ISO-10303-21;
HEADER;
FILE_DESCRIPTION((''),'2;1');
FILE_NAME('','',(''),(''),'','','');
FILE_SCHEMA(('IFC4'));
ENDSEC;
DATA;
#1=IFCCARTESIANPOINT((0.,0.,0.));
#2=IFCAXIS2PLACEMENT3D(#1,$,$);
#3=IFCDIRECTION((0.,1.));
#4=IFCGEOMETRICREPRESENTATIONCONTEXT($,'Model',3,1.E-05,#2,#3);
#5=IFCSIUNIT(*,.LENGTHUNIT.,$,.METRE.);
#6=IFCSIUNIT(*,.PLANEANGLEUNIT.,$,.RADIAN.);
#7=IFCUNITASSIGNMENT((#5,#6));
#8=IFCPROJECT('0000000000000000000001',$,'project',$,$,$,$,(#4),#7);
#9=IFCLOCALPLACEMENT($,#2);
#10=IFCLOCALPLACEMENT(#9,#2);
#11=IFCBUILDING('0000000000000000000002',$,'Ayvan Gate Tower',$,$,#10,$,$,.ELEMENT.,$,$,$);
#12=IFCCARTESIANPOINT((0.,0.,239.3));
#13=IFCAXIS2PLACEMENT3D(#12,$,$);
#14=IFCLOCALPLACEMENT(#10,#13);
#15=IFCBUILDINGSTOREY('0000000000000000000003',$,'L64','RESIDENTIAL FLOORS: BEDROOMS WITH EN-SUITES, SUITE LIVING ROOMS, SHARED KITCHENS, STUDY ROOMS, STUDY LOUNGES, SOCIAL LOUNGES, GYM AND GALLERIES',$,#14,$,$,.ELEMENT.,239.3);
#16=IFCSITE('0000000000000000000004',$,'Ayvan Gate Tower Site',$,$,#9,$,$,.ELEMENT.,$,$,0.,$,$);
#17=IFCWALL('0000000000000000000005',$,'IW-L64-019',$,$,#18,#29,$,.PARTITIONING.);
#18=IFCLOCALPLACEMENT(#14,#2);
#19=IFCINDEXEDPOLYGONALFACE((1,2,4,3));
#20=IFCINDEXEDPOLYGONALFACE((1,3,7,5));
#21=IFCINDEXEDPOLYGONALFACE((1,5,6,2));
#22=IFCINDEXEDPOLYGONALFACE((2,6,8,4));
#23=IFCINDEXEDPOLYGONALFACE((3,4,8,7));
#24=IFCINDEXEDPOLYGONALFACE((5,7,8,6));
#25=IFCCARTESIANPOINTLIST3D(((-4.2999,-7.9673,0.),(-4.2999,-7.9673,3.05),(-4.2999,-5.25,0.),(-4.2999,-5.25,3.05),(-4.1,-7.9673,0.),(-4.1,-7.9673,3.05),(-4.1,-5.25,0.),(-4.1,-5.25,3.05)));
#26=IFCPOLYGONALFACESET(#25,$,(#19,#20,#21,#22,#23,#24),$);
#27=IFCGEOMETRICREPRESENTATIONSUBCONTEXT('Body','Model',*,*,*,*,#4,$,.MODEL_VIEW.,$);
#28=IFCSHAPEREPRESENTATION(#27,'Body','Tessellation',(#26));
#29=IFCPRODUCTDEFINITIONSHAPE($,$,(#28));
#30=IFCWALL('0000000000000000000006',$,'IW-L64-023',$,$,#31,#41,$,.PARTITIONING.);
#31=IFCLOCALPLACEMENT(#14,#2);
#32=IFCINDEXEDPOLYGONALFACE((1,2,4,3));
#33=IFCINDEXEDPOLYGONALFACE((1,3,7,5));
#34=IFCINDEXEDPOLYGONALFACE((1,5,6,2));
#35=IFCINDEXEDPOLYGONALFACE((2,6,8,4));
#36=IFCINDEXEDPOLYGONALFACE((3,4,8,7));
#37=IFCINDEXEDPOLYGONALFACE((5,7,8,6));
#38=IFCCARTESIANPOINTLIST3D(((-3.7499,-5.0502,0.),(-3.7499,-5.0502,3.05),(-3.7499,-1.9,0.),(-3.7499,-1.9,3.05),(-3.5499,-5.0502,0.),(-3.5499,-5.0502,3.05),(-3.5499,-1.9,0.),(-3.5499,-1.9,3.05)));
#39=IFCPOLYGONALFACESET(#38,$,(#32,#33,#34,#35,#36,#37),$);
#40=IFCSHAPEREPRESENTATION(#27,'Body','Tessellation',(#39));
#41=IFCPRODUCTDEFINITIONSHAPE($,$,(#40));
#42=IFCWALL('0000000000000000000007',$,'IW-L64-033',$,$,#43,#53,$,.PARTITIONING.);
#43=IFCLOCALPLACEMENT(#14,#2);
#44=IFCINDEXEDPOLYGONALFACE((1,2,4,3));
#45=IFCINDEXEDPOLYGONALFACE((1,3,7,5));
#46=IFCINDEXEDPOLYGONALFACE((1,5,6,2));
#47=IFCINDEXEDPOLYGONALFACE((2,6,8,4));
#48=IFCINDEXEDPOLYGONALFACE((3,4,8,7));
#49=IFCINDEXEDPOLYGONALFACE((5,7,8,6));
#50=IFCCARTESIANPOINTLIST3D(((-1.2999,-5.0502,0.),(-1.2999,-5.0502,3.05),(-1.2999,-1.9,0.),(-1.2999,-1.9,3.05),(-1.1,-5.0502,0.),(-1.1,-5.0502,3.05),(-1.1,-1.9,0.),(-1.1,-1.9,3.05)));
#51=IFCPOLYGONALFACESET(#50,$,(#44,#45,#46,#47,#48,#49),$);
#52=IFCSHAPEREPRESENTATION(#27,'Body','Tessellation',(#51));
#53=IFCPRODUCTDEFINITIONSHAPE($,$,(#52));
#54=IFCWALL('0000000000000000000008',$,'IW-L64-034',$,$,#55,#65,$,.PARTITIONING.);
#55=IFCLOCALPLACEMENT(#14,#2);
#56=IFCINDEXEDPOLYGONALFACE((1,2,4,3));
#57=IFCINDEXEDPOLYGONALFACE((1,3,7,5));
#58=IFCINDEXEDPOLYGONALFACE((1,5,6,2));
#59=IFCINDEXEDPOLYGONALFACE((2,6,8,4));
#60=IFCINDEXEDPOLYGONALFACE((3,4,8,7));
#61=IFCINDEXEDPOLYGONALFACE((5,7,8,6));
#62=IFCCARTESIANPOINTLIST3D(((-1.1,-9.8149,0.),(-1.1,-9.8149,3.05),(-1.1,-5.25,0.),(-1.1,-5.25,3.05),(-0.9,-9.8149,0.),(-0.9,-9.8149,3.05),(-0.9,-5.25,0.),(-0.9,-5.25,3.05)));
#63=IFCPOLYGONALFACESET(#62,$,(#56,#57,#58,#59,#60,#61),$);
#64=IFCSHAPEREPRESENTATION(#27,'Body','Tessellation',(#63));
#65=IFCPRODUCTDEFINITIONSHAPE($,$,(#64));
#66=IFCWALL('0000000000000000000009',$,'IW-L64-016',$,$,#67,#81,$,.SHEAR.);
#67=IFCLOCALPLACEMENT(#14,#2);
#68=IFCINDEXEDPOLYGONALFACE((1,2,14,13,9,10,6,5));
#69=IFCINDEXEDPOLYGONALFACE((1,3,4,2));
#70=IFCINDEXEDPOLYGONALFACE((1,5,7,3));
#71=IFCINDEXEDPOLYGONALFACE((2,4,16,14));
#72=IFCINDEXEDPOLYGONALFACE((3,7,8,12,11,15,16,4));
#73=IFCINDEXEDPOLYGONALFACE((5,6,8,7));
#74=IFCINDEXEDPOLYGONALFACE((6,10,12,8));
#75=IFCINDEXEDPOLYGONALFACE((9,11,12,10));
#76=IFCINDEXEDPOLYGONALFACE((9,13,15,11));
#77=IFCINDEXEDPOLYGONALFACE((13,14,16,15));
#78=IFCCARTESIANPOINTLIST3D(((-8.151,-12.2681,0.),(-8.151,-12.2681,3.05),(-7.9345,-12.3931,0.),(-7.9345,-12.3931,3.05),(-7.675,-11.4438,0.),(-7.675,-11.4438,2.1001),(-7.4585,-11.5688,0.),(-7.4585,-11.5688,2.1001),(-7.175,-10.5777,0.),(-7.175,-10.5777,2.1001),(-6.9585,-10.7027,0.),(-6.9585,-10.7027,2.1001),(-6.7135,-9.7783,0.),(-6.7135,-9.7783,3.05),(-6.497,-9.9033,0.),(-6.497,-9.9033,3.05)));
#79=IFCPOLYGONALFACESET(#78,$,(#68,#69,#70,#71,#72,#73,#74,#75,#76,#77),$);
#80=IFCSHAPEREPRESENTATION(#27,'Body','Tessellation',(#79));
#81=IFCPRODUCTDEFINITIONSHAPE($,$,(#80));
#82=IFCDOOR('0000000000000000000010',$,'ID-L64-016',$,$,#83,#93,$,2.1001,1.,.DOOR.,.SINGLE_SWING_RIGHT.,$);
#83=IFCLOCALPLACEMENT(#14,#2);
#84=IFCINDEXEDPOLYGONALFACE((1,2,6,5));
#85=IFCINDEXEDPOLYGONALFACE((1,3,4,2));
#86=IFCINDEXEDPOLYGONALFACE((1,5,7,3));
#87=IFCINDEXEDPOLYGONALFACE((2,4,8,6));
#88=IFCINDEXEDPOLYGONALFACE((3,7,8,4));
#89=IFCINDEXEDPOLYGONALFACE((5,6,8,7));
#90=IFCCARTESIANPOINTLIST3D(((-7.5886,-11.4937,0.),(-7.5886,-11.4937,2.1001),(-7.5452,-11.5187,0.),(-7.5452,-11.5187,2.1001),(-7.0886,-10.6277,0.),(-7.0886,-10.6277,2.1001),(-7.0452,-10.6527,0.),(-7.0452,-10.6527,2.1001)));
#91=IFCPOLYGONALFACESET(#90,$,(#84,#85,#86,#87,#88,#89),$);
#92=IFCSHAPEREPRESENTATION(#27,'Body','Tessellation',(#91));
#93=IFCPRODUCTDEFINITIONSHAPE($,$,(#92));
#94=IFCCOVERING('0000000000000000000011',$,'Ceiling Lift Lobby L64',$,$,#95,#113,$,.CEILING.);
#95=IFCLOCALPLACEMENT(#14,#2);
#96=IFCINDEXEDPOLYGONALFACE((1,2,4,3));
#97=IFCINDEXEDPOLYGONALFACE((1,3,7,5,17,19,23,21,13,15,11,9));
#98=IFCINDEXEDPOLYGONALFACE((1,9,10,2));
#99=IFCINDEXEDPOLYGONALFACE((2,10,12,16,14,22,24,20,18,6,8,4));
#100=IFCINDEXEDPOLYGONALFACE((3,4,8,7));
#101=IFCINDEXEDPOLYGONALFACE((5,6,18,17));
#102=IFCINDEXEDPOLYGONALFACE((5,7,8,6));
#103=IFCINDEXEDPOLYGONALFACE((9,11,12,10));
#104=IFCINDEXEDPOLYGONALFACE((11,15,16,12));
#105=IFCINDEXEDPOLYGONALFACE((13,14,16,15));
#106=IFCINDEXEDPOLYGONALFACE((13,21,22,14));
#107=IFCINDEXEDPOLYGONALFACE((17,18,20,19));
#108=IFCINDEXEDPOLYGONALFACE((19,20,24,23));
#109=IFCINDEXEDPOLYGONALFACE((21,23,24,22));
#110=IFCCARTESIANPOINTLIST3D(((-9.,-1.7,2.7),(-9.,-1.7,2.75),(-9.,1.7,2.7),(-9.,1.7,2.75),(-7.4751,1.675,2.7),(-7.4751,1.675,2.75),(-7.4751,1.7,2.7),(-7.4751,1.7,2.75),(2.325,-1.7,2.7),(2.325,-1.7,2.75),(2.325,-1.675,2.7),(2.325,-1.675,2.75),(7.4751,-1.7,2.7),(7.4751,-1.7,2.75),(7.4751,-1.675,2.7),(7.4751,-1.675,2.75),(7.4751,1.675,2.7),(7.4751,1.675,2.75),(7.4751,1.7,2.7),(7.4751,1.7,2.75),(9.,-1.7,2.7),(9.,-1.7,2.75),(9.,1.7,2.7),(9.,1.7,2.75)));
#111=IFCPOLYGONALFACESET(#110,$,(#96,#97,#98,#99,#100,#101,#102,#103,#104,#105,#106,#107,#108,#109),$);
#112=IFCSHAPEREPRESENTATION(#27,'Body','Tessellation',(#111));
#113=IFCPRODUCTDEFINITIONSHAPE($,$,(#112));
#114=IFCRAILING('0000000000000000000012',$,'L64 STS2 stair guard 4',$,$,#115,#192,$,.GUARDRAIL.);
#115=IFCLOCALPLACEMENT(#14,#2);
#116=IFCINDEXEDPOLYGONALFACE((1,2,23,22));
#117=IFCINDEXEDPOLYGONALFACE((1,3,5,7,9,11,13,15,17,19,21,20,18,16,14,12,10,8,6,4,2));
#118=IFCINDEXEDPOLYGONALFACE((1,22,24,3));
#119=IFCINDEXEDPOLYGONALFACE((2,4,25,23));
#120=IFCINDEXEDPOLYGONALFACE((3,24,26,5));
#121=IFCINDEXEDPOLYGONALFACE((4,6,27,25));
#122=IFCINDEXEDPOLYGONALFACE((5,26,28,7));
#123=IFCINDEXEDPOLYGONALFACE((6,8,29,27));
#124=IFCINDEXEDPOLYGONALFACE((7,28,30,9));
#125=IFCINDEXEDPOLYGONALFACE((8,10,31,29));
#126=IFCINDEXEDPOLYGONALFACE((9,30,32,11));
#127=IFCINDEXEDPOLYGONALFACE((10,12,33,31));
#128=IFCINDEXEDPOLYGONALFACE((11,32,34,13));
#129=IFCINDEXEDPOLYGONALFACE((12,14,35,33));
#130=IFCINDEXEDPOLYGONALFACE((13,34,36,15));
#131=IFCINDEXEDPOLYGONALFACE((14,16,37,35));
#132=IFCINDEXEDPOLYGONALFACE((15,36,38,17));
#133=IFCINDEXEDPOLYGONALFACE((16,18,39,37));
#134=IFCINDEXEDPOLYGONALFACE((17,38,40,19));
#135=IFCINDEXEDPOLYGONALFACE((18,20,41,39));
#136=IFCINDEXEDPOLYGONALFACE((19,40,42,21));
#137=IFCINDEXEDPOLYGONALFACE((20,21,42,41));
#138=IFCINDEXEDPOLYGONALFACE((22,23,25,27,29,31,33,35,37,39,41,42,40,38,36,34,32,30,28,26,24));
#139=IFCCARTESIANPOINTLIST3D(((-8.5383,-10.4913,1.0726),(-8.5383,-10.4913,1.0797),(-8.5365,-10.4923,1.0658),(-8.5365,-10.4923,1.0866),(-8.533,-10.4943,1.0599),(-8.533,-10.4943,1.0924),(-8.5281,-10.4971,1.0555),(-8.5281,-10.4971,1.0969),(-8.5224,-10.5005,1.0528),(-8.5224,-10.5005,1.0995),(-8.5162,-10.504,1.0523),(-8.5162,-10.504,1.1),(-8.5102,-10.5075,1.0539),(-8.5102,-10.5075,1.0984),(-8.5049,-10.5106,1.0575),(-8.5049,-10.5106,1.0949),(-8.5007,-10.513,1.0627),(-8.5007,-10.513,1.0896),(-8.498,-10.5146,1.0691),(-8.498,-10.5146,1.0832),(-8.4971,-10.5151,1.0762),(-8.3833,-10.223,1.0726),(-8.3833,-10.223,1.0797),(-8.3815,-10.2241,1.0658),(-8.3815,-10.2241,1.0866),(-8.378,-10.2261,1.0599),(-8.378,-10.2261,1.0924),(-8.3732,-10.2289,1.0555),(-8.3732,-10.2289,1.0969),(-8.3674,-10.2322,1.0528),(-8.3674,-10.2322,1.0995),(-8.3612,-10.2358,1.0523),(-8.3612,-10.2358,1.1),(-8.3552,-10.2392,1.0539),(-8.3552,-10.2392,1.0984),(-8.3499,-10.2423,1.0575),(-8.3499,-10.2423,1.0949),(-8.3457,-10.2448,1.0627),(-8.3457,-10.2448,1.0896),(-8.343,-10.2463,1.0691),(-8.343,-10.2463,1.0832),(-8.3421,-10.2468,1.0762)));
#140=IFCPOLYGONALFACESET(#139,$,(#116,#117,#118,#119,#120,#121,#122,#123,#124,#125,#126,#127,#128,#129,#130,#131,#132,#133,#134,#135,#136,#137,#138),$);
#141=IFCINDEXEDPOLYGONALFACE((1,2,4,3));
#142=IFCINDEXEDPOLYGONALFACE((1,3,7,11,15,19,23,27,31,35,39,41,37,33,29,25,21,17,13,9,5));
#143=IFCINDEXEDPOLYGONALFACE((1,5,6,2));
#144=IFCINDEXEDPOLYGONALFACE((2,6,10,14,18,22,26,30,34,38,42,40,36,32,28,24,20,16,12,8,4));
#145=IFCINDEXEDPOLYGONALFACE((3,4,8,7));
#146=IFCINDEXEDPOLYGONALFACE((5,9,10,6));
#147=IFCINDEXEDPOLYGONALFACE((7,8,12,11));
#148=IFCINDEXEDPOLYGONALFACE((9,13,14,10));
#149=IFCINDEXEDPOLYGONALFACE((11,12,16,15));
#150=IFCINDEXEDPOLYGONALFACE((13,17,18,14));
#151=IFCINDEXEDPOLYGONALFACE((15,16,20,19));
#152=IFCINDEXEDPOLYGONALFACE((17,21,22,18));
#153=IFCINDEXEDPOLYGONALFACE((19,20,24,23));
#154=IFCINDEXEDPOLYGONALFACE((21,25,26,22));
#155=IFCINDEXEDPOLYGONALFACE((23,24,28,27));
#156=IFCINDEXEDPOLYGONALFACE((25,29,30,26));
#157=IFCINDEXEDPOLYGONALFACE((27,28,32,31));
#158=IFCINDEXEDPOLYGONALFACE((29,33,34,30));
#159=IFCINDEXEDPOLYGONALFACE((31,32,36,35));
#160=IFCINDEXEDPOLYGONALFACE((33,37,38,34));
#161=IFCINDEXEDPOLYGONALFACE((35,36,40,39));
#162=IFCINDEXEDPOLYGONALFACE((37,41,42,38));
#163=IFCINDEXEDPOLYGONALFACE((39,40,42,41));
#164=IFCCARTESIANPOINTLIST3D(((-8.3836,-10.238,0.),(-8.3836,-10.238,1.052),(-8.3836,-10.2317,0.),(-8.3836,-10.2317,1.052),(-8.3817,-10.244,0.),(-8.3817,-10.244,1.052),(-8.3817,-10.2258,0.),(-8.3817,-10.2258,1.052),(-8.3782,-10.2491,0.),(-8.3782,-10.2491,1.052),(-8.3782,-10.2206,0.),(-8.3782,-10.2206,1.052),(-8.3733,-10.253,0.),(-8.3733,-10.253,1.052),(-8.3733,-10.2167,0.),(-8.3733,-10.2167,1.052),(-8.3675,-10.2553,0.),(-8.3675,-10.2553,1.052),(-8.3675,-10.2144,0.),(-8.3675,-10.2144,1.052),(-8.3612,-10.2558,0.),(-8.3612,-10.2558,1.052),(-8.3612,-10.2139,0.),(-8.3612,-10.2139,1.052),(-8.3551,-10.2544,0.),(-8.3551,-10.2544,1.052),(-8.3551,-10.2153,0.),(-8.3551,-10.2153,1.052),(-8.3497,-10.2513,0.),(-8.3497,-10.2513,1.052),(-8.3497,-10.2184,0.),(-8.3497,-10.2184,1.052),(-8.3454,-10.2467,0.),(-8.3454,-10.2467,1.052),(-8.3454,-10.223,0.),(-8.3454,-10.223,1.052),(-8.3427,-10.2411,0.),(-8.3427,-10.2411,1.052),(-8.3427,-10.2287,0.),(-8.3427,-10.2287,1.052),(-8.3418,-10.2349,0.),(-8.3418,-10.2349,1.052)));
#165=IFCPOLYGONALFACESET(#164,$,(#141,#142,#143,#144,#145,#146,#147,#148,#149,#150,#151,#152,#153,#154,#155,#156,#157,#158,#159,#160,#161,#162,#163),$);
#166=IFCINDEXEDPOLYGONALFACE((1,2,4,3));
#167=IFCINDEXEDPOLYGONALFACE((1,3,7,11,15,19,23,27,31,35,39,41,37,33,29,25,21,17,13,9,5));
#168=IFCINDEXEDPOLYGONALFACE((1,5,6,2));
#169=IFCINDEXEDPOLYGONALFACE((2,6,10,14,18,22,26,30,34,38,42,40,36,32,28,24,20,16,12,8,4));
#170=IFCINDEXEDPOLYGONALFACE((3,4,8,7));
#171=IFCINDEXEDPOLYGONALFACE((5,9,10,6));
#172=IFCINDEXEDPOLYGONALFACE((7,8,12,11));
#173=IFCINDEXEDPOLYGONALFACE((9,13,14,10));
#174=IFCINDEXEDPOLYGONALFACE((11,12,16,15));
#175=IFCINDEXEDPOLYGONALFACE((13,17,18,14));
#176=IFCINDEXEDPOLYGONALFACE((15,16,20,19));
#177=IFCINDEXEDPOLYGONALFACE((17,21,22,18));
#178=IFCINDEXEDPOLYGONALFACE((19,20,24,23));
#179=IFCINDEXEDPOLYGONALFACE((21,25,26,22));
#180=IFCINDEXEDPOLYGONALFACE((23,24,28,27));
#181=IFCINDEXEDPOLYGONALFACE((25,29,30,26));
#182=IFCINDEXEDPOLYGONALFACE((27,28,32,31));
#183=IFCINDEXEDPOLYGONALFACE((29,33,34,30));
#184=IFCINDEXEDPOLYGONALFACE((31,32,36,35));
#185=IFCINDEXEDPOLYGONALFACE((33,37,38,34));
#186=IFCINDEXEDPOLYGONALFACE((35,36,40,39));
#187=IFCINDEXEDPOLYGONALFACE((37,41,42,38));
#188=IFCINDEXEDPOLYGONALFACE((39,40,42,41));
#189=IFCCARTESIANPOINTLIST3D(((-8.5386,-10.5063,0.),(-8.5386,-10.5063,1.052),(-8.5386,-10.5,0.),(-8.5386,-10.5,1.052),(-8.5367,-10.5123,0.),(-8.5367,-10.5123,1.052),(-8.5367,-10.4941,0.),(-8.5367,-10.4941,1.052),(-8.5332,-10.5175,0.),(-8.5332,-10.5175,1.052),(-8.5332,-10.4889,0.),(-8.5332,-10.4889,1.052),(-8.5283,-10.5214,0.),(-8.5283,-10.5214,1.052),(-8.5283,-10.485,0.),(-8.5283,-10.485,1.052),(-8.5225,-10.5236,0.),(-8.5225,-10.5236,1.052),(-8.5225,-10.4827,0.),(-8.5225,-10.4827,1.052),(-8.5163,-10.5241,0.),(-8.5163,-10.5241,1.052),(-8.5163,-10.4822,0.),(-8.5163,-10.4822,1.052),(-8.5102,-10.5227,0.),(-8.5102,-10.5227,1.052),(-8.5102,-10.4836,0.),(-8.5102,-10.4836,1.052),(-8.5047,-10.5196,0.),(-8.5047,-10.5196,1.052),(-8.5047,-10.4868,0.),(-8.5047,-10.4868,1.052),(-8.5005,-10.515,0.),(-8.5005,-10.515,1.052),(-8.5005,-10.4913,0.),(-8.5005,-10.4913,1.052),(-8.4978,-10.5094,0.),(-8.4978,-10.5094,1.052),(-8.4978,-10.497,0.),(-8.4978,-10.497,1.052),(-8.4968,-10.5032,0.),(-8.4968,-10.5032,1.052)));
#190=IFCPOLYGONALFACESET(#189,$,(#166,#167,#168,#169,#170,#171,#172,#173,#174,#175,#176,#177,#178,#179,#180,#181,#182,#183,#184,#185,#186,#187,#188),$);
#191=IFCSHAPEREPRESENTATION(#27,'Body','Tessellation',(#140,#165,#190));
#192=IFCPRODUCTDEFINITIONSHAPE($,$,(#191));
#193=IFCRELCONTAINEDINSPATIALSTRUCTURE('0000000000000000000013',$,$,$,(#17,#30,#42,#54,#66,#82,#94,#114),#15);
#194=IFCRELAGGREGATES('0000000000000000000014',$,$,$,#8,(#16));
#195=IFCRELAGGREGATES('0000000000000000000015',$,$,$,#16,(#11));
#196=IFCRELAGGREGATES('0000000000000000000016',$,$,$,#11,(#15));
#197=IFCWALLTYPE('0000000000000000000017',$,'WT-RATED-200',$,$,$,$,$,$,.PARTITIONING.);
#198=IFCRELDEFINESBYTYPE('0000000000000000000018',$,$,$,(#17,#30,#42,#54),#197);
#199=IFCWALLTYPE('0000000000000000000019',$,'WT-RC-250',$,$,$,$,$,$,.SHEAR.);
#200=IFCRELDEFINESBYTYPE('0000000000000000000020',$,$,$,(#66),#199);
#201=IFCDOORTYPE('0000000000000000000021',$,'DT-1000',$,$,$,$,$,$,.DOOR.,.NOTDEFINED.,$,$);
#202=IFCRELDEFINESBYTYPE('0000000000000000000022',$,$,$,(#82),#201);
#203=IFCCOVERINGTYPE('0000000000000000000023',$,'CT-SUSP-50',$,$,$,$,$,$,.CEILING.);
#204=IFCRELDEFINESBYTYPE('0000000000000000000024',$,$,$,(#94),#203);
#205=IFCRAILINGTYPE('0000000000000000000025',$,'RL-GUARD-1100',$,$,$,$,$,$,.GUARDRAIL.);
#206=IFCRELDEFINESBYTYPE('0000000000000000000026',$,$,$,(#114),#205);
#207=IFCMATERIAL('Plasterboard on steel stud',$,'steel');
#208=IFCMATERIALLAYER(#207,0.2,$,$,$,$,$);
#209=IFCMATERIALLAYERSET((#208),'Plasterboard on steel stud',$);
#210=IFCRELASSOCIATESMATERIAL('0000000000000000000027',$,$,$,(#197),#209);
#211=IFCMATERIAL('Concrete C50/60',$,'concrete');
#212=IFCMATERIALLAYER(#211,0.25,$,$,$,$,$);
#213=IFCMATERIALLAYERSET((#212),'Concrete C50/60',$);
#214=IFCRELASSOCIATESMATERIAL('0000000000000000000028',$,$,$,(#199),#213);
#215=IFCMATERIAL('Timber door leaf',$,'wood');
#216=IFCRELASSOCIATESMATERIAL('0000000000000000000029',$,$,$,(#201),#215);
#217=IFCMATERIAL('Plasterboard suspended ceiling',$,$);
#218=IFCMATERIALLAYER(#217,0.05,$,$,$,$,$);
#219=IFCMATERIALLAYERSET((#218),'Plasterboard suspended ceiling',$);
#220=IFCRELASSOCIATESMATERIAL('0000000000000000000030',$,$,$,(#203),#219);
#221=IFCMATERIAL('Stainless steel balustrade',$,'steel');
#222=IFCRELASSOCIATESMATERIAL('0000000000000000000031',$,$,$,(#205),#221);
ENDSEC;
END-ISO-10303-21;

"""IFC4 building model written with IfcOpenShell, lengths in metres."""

from ifc_helpers import new_model, si_unit, direction, frame, frame_2d, origin, origin_2d, place, context, subcontext, project, spatial, polyline, rectangle, circle, outline, extrude, material, layer, layer_set, type_object, element, fill, save


model = new_model("IFC4")

# Units and contexts
model_context = context("Model", 3, precision=1e-05, world=origin(), true_north=direction((0.0, 1.0)))
body_context = subcontext(model_context, "Body", "Model", "MODEL_VIEW")
ifc_project = project(units=[si_unit("LENGTHUNIT", "METRE"), si_unit("PLANEANGLEUNIT", "RADIAN")], contexts=[model_context])

# Site, building, storey
site_placement = place(None, origin())
site = spatial("IfcSite", under=ifc_project, at=site_placement, Name="Ayvan Gate Tower Site", CompositionType="ELEMENT", RefElevation=0.0)
building_placement = place(site_placement, origin())
building = spatial("IfcBuilding", under=site, at=building_placement, Name="Ayvan Gate Tower", CompositionType="ELEMENT")
storey_placement = place(building_placement, frame((0.0, 0.0, 239.3)))
storey = spatial("IfcBuildingStorey", under=building, at=storey_placement, Name="L64", Description="RESIDENTIAL FLOORS: BEDROOMS WITH EN-SUITES, SUITE LIVING ROOMS, SHARED KITCHENS, STUDY ROOMS, STUDY LOUNGES, SOCIAL LOUNGES, GYM AND GALLERIES", CompositionType="ELEMENT", Elevation=239.3)

# Shared definitions
ifc_material_1 = material(Name="Timber door leaf", Category="wood")

# Shared definitions
ifc_material_2 = material(Name="Plasterboard on steel stud", Category="steel")
ifc_layer_1 = layer(ifc_material_2, 0.2)
ifc_layer_set_1 = layer_set([ifc_layer_1], Name="Plasterboard on steel stud")
wall_type_1 = type_object("IfcWallType", Name="WT-RATED-200", PredefinedType="PARTITIONING", material=ifc_layer_set_1)

# Walls
wall_1_placement = place(storey_placement, frame((-4.2, -5.25, 0.0), z_axis=(0.0, 0.0, 1.0), x_axis=(0.0, -1.0, 0.0)))
element("IfcWall", 1, at=wall_1_placement, inside=storey, type_object=wall_type_1, Name="IW-L64-019", PredefinedType="PARTITIONING", context=body_context, shape_type="SweptSolid", body=[
    extrude(rectangle(XDim=2.7173, YDim=0.2, at=frame_2d((1.3586, 0.0))), origin(), (0.0, 0.0, 1.0), 3.05),
])
for number, where, z_axis, x_axis, name in (
    (2, (-3.6499, -1.8999, 0.0), (0.0, 0.0, 1.0), (0.0, -1.0, 0.0), "IW-L64-023"),
    (3, (-1.2, -1.8999, 0.0), (0.0, 0.0, 1.0), (0.0, -1.0, 0.0), "IW-L64-033"),
):
    element("IfcWall", number, at=place(storey_placement, frame(where, z_axis=z_axis, x_axis=x_axis)), inside=storey, type_object=wall_type_1, Name=name, PredefinedType="PARTITIONING", context=body_context, shape_type="SweptSolid", body=[
        extrude(rectangle(XDim=3.1501, YDim=0.2, at=frame_2d((1.5752, 0.0))), origin(), (0.0, 0.0, 1.0), 3.05),
    ])
wall_2_placement = place(storey_placement, frame((-1.0, -5.25, 0.0), z_axis=(0.0, 0.0, 1.0), x_axis=(0.0, -1.0, 0.0)))
element("IfcWall", 4, at=wall_2_placement, inside=storey, type_object=wall_type_1, Name="IW-L64-034", PredefinedType="PARTITIONING", context=body_context, shape_type="SweptSolid", body=[
    extrude(rectangle(XDim=4.5649, YDim=0.2, at=frame_2d((2.2825, 0.0))), origin(), (0.0, 0.0, 1.0), 3.05),
])

# Wall, opening, door
ifc_material_3 = material(Name="Concrete C50/60", Category="concrete")
ifc_layer_2 = layer(ifc_material_3, 0.25)
ifc_layer_set_2 = layer_set([ifc_layer_2], Name="Concrete C50/60")
wall_type_2 = type_object("IfcWallType", Name="WT-RC-250", PredefinedType="SHEAR", material=ifc_layer_set_2)
wall_3_placement = place(storey_placement, frame((-6.6052, -9.8408, 0.0), z_axis=(0.0, 0.0, 1.0), x_axis=(-0.500012, -0.866019, 0.0)))
wall_3 = element("IfcWall", 5, at=wall_3_placement, inside=storey, type_object=wall_type_2, Name="IW-L64-016", PredefinedType="SHEAR", context=body_context, shape_type="SweptSolid", body=[
    extrude(rectangle(XDim=2.875, YDim=0.25, at=frame_2d((1.4375, 0.0))), origin(), (0.0, 0.0, 1.0), 3.05),
])
opening_1_placement = place(wall_3_placement, frame((0.9231, 0.0, 0.0)))
opening_1 = element("IfcOpeningElement", 6, at=opening_1_placement, cuts=wall_3, PredefinedType="OPENING", context=body_context, shape_type="SweptSolid", body=[
    extrude(rectangle(XDim=1.0, YDim=2.1001, at=frame_2d((0.5, 1.05))), frame((0.0, 0.135, 0.0), z_axis=(0.0, -1.0, 0.0), x_axis=(1.0, 0.0, 0.0)), (0.0, 0.0, 1.0), 0.27),
])
door_type_1 = type_object("IfcDoorType", Name="DT-1000", OperationType="NOTDEFINED", PredefinedType="DOOR", material=ifc_material_1)
door_1_placement = place(opening_1_placement, origin())
door_1 = element("IfcDoor", 7, at=door_1_placement, inside=storey, type_object=door_type_1, Name="ID-L64-016", OperationType="SINGLE_SWING_RIGHT", OverallHeight=2.1001, OverallWidth=1.0, PredefinedType="DOOR", context=body_context, shape_type="SweptSolid", body=[
    extrude(rectangle(XDim=1.0, YDim=2.1001, at=frame_2d((0.5, 1.05))), frame((0.0, 0.0249, 0.0), z_axis=(0.0, -1.0, 0.0), x_axis=(1.0, 0.0, 0.0)), (0.0, 0.0, 1.0), 0.05),
])
fill(opening_1, door_1)

# Covering
ifc_material_4 = material(Name="Plasterboard suspended ceiling")
ifc_layer_3 = layer(ifc_material_4, 0.05)
ifc_layer_set_3 = layer_set([ifc_layer_3], Name="Plasterboard suspended ceiling")
covering_type = type_object("IfcCoveringType", Name="CT-SUSP-50", PredefinedType="CEILING", material=ifc_layer_set_3)
covering_placement = place(storey_placement, frame((0.0, 0.0, 2.7)))
element("IfcCovering", 8, at=covering_placement, inside=storey, type_object=covering_type, Name="Ceiling Lift Lobby L64", PredefinedType="CEILING", context=body_context, shape_type="SweptSolid", body=[
    extrude(outline(polyline([(7.4751, -1.675), (2.325, -1.675), (2.325, -1.7), (-9.0, -1.7), (-9.0, 1.7), (-7.4751, 1.7), (-7.4751, 1.675), (7.4751, 1.675), (7.4751, 1.7), (9.0, 1.7), (9.0, -1.7), (7.4751, -1.7), (7.4751, -1.675)])), origin(), (0.0, 0.0, 1.0), 0.05),
])

# Railing
ifc_material_5 = material(Name="Stainless steel balustrade", Category="steel")
railing_type_1 = type_object("IfcRailingType", Name="RL-GUARD-1100", PredefinedType="GUARDRAIL", material=ifc_material_5)
railing_1_placement = place(storey_placement, frame((-8.3628, -10.2349, 0.0)))
element("IfcRailing", 9, at=railing_1_placement, inside=storey, type_object=railing_type_1, Name="L64 STS2 stair guard 4", PredefinedType="GUARDRAIL", context=body_context, shape_type="SweptSolid", body=[
    extrude(circle(Radius=0.0239, at=origin_2d()), frame((0.0, 0.0, 1.0762), z_axis=(-0.500291, -0.865857, 0.0), x_axis=(0.865857, -0.500291, 0.0)), (0.0, 0.0, 1.0), 0.3098),
    extrude(circle(Radius=0.021, at=origin_2d()), origin(), (0.0, 0.0, 1.0), 1.052),
    extrude(circle(Radius=0.021, at=origin_2d()), frame((-0.155, -0.2683, 0.0)), (0.0, 0.0, 1.0), 1.052),
])

save(model, "model.ifc")
